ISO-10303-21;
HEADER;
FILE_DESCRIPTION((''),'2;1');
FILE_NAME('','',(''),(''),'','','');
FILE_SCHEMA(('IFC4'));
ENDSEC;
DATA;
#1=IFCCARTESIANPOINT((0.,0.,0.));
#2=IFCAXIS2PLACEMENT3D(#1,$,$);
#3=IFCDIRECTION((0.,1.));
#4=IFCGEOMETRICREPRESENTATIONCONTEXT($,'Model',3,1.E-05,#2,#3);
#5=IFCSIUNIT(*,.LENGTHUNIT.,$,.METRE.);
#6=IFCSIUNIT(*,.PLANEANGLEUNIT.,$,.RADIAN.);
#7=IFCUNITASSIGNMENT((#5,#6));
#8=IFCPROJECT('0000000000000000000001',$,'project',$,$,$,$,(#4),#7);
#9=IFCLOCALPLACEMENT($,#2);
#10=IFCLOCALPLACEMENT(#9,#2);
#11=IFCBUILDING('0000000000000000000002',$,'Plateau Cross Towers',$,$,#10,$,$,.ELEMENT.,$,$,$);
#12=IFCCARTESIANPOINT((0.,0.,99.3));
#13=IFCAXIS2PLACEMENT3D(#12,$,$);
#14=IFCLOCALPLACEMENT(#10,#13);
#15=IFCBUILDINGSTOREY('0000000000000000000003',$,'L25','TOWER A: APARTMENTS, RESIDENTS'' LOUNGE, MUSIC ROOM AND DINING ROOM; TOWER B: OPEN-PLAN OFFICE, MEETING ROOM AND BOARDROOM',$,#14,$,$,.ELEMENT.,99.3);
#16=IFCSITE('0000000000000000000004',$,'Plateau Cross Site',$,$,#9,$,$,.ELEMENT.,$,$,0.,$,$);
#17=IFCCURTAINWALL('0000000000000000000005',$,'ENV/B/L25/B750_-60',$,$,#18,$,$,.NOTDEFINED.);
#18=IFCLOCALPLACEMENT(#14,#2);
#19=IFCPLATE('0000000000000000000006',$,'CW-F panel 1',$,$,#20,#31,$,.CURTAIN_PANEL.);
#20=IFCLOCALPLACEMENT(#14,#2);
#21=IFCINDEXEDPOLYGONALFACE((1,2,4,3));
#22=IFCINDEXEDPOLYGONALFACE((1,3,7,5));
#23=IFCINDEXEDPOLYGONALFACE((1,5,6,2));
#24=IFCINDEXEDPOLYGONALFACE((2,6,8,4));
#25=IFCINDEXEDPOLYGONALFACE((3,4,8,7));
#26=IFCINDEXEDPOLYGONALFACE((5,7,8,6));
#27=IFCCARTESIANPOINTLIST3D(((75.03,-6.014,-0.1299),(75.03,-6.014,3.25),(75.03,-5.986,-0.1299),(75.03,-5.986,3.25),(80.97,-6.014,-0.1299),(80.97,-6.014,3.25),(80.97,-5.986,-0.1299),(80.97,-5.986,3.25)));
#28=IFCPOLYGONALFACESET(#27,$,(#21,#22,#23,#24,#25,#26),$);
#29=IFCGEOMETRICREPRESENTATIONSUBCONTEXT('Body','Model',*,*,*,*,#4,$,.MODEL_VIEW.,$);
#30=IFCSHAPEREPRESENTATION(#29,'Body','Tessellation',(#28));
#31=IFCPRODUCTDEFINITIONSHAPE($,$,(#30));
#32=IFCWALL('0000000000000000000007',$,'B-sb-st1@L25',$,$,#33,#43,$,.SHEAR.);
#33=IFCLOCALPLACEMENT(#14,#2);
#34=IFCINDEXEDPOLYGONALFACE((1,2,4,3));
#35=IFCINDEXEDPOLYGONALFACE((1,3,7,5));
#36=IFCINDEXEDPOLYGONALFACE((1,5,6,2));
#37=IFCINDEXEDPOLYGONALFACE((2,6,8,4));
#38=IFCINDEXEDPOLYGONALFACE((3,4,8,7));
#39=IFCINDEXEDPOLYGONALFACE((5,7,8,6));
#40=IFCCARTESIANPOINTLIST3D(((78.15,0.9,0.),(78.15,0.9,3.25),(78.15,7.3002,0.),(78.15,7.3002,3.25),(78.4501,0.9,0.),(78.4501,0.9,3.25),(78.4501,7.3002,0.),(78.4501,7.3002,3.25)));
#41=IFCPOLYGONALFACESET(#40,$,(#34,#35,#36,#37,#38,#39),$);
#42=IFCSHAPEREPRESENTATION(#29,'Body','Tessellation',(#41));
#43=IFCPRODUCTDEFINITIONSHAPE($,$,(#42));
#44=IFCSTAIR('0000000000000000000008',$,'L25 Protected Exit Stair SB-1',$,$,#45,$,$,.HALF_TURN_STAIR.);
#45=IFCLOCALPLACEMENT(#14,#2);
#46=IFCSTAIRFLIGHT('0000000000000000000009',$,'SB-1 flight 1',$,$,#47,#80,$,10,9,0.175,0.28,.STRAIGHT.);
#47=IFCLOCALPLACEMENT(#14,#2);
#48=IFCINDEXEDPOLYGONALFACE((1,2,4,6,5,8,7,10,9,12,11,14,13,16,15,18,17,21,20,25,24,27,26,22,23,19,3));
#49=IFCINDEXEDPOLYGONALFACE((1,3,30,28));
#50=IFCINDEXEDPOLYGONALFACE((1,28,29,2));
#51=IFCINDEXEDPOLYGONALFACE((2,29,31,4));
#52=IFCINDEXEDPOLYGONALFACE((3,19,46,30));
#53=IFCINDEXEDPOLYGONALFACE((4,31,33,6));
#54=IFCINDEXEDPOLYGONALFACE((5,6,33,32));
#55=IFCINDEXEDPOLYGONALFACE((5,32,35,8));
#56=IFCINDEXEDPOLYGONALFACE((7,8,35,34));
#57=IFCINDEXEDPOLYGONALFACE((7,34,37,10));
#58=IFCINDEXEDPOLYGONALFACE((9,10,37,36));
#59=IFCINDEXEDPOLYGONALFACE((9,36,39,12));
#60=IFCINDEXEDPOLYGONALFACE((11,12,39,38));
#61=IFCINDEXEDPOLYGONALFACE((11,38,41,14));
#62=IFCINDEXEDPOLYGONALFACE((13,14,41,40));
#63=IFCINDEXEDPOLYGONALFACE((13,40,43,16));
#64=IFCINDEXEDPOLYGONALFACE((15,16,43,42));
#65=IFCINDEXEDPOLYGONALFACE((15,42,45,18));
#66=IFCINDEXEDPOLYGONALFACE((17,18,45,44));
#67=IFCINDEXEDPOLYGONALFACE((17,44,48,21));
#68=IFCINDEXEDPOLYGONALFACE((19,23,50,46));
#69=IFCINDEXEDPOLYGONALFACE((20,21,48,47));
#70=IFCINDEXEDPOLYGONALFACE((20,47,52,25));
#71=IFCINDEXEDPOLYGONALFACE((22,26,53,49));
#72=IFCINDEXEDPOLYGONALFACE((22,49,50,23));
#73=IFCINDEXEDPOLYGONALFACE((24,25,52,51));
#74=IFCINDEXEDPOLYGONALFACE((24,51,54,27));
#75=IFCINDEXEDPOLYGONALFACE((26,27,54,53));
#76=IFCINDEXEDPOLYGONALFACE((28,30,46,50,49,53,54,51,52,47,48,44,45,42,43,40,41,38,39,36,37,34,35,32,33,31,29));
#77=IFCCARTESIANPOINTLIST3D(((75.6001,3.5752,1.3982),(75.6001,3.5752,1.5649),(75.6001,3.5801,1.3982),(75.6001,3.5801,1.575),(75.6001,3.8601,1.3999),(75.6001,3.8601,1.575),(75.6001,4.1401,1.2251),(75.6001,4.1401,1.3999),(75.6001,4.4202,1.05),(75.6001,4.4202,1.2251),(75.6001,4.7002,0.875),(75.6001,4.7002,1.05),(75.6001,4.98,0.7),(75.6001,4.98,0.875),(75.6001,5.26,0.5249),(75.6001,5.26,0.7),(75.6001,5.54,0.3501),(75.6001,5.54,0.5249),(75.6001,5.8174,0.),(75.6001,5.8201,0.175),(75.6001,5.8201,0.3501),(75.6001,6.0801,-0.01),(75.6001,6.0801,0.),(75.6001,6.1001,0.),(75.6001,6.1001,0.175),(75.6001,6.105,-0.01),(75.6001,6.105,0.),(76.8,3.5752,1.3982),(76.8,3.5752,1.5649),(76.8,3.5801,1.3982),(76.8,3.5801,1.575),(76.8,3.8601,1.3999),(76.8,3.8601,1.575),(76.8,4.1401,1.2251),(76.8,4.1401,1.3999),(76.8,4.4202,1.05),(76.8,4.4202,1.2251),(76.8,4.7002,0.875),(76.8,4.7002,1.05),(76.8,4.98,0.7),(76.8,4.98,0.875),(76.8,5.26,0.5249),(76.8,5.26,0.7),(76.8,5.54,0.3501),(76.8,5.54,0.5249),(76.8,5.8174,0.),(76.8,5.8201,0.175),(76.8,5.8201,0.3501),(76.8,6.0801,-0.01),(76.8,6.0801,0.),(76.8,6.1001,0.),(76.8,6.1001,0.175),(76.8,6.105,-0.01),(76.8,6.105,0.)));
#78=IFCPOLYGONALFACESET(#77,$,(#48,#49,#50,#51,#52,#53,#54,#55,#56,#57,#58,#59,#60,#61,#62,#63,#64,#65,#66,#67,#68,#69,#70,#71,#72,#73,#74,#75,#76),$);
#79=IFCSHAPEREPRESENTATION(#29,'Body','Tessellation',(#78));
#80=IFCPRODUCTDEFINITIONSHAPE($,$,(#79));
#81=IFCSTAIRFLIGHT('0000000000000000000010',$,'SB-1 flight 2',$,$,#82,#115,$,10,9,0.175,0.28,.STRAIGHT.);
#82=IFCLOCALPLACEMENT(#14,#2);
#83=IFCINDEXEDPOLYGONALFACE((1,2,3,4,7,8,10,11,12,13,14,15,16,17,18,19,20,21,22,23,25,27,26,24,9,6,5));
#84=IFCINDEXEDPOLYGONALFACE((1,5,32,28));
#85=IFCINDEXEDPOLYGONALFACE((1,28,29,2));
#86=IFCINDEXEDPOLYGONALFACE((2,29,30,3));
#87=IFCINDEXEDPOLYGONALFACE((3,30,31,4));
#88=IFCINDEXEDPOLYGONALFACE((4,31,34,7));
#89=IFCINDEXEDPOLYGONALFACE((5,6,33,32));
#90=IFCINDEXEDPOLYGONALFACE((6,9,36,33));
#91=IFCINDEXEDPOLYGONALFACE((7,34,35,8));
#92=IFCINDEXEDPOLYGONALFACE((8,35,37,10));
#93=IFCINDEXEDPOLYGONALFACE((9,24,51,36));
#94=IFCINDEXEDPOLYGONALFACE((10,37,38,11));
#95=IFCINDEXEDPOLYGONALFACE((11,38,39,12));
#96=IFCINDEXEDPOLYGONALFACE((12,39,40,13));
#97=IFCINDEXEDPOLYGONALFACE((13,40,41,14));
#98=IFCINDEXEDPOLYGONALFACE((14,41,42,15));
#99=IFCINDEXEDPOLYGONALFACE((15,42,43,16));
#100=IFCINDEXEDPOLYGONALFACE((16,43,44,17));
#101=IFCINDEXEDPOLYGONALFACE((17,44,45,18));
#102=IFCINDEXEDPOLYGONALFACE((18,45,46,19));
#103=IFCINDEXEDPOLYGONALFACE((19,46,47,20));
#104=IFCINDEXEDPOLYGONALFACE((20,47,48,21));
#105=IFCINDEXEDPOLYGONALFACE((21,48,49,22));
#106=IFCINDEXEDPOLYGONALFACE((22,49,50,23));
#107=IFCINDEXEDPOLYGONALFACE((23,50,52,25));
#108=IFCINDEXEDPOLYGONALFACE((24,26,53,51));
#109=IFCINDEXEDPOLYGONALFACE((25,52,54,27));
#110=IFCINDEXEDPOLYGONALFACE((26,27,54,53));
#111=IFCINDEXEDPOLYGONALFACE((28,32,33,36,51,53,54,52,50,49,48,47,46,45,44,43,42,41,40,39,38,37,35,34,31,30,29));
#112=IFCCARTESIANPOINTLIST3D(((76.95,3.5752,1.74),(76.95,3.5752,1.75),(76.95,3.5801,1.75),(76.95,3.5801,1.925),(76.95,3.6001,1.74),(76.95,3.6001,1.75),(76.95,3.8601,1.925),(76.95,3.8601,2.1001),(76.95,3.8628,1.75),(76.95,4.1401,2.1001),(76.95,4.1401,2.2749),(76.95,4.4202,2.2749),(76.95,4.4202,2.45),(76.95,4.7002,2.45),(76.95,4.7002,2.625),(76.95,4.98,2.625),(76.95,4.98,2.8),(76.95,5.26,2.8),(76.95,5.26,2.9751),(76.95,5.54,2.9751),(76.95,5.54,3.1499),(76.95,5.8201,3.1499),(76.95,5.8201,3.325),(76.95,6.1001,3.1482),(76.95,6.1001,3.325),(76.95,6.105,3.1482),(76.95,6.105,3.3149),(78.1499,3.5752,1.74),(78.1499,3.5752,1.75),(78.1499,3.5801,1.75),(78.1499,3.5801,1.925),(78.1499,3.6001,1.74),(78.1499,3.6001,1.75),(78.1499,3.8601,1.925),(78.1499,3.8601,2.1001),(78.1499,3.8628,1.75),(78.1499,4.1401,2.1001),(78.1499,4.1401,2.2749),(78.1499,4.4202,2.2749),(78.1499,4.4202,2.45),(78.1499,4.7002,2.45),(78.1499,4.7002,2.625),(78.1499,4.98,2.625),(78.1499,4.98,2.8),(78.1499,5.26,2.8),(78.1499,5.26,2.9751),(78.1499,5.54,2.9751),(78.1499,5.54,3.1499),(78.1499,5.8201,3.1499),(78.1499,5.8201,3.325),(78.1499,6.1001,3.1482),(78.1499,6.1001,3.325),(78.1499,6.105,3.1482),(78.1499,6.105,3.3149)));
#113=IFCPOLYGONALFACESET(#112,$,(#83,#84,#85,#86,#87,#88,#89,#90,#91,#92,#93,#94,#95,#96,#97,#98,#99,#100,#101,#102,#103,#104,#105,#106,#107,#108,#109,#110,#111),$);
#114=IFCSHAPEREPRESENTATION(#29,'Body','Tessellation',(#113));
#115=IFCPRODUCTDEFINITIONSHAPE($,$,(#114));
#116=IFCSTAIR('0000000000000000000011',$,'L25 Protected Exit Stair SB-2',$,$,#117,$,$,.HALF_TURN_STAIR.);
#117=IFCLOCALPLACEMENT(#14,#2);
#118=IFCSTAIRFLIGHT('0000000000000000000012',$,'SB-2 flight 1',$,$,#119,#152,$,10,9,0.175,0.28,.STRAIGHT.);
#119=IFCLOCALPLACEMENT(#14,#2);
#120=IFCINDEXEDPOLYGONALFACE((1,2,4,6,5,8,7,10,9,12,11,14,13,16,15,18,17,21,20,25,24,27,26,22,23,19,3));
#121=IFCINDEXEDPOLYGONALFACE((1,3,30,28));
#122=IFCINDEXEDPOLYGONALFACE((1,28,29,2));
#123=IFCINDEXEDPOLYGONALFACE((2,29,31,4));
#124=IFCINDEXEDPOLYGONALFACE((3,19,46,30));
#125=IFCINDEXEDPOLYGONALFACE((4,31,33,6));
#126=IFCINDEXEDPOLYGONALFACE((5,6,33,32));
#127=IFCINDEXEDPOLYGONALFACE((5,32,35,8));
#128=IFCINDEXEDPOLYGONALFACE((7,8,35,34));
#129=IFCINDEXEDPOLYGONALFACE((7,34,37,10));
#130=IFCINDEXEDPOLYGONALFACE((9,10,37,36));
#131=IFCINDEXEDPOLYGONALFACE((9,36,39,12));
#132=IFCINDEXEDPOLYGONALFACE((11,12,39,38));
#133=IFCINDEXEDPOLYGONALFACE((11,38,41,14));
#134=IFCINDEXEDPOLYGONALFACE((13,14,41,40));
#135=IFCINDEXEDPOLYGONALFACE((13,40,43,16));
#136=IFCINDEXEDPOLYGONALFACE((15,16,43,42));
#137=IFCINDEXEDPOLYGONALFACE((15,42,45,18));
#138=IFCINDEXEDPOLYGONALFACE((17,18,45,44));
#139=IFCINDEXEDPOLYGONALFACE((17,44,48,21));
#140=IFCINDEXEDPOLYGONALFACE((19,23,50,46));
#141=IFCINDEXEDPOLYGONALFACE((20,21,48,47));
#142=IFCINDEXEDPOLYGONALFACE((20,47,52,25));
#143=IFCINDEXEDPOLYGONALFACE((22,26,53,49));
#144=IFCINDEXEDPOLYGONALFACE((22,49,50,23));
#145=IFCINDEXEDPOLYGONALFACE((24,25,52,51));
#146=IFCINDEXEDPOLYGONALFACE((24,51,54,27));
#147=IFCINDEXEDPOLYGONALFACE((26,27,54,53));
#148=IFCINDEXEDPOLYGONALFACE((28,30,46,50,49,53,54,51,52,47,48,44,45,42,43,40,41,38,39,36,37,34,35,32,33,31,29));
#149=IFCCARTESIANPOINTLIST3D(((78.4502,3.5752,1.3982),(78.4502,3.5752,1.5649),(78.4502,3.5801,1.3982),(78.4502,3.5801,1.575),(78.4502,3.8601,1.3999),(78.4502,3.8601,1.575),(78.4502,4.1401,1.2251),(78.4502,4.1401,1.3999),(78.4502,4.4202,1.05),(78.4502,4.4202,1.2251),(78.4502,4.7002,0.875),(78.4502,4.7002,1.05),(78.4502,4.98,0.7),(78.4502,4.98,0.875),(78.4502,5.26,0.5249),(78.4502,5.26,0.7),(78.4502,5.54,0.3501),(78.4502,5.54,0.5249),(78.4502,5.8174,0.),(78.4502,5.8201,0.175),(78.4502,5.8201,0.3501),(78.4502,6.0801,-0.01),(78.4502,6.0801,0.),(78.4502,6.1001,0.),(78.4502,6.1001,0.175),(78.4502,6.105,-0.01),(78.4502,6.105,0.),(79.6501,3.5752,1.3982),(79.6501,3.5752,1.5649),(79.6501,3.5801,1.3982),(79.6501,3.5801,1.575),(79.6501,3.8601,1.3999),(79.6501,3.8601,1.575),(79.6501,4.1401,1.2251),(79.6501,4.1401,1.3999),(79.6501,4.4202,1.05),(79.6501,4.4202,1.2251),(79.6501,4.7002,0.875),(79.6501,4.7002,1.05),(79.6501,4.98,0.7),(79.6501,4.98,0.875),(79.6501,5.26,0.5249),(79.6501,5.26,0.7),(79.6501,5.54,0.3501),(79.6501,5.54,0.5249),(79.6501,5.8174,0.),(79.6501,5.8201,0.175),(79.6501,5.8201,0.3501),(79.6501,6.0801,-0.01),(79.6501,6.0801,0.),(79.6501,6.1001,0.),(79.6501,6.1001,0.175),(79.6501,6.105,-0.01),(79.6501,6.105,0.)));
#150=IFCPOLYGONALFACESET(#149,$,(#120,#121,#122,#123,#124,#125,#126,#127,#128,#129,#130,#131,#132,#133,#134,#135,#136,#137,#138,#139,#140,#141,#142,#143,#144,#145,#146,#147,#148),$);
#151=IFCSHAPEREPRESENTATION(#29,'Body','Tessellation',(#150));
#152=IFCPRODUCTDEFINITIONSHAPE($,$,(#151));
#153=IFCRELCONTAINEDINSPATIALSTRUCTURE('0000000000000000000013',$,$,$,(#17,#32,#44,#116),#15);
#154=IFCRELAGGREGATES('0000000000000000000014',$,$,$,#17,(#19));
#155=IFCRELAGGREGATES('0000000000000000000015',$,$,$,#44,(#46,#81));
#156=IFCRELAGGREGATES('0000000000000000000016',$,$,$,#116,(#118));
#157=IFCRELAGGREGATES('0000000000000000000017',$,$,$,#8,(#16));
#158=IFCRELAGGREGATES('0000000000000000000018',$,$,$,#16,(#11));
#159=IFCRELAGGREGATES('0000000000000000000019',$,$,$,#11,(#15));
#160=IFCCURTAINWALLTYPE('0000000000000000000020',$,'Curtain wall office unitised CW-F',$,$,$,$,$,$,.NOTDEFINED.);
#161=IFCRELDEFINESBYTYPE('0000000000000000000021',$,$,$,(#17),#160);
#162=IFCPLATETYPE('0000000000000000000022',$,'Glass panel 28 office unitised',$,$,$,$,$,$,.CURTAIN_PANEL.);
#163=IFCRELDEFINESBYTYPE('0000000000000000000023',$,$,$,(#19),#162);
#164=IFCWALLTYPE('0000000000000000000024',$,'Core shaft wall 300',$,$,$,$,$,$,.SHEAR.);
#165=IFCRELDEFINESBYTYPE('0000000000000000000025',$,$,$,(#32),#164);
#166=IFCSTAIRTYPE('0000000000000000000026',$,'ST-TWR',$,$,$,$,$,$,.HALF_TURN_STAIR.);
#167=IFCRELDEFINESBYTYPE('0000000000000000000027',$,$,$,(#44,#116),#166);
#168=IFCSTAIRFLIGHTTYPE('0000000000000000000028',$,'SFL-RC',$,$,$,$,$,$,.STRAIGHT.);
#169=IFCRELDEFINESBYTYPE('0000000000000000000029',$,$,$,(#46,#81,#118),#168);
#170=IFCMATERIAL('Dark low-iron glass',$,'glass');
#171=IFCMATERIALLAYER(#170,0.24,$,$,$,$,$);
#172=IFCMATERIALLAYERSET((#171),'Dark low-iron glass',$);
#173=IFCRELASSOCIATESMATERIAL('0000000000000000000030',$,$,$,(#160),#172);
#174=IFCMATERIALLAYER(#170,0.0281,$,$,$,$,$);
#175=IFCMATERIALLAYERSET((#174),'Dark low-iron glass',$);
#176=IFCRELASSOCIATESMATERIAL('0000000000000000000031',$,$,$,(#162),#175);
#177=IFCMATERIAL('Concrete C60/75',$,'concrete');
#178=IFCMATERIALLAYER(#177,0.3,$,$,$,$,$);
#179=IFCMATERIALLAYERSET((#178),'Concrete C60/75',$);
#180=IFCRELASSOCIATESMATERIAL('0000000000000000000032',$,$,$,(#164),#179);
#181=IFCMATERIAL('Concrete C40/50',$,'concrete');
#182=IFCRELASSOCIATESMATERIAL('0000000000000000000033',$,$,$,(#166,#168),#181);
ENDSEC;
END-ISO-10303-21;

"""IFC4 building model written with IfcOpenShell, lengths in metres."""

from ifc_helpers import new_model, si_unit, direction, frame, frame_2d, origin, origin_2d, place, context, subcontext, project, spatial, polyline, rectangle, outline, extrude, material, layer, layer_set, type_object, element, aggregate, save


model = new_model("IFC4")

# Units and contexts
model_context = context("Model", 3, precision=1e-05, world=origin(), true_north=direction((0.0, 1.0)))
body_context = subcontext(model_context, "Body", "Model", "MODEL_VIEW")
ifc_project = project(units=[si_unit("LENGTHUNIT", "METRE"), si_unit("PLANEANGLEUNIT", "RADIAN")], contexts=[model_context])

# Site, building, storey
site_placement = place(None, origin())
site = spatial("IfcSite", under=ifc_project, at=site_placement, Name="Plateau Cross Site", CompositionType="ELEMENT", RefElevation=0.0)
building_placement = place(site_placement, origin())
building = spatial("IfcBuilding", under=site, at=building_placement, Name="Plateau Cross Towers", CompositionType="ELEMENT")
storey_placement = place(building_placement, frame((0.0, 0.0, 99.3)))
storey = spatial("IfcBuildingStorey", under=building, at=storey_placement, Name="L25", Description="TOWER A: APARTMENTS, RESIDENTS' LOUNGE, MUSIC ROOM AND DINING ROOM; TOWER B: OPEN-PLAN OFFICE, MEETING ROOM AND BOARDROOM", CompositionType="ELEMENT", Elevation=99.3)

# Curtain wall, plate
ifc_material_1 = material(Name="Dark low-iron glass", Category="glass")
ifc_layer_1 = layer(ifc_material_1, 0.24)
ifc_layer_set_1 = layer_set([ifc_layer_1], Name="Dark low-iron glass")
curtain_wall_type = type_object("IfcCurtainWallType", Name="Curtain wall office unitised CW-F", PredefinedType="NOTDEFINED", material=ifc_layer_set_1)
curtain_wall_placement = place(storey_placement, origin())
curtain_wall = element("IfcCurtainWall", 1, at=curtain_wall_placement, inside=storey, type_object=curtain_wall_type, Name="ENV/B/L25/B750_-60", PredefinedType="NOTDEFINED")
ifc_layer_2 = layer(ifc_material_1, 0.0281)
ifc_layer_set_2 = layer_set([ifc_layer_2], Name="Dark low-iron glass")
plate_type = type_object("IfcPlateType", Name="Glass panel 28 office unitised", PredefinedType="CURTAIN_PANEL", material=ifc_layer_set_2)
plate_placement = place(storey_placement, frame((78.0, -6.0, -0.1299), z_axis=(0.0, 0.0, 1.0), x_axis=(1.0, 0.0, 0.0)))
plate = element("IfcPlate", 2, at=plate_placement, type_object=plate_type, Name="CW-F panel 1", PredefinedType="CURTAIN_PANEL", context=body_context, shape_type="SweptSolid", body=[
    extrude(rectangle(XDim=5.9399, YDim=0.0281, at=origin_2d()), origin(), (0.0, 0.0, 1.0), 3.3799),
])
aggregate(curtain_wall, [plate])

# Wall
ifc_material_2 = material(Name="Concrete C60/75", Category="concrete")
ifc_layer_3 = layer(ifc_material_2, 0.3)
ifc_layer_set_3 = layer_set([ifc_layer_3], Name="Concrete C60/75")
wall_type_1 = type_object("IfcWallType", Name="Core shaft wall 300", PredefinedType="SHEAR", material=ifc_layer_set_3)
wall_1_placement = place(storey_placement, frame((78.3, 0.8999, 0.0), z_axis=(0.0, 0.0, 1.0), x_axis=(0.0, 1.0, 0.0)))
element("IfcWall", 3, at=wall_1_placement, inside=storey, type_object=wall_type_1, Name="B-sb-st1@L25", PredefinedType="SHEAR", context=body_context, shape_type="SweptSolid", body=[
    extrude(rectangle(XDim=6.4001, YDim=0.3, at=frame_2d((3.2002, 0.0))), origin(), (0.0, 0.0, 1.0), 3.25),
])

# Stair, stair flights
ifc_material_3 = material(Name="Concrete C40/50", Category="concrete")
stair_type = type_object("IfcStairType", Name="ST-TWR", PredefinedType="HALF_TURN_STAIR", material=ifc_material_3)
stair_1_placement = place(storey_placement, origin())
stair_1 = element("IfcStair", 4, at=stair_1_placement, inside=storey, type_object=stair_type, Name="L25 Protected Exit Stair SB-1", PredefinedType="HALF_TURN_STAIR")
stair_flight_type = type_object("IfcStairFlightType", Name="SFL-RC", PredefinedType="STRAIGHT", material=ifc_material_3)
stair_flight_1_placement = place(storey_placement, frame((76.2, 6.1001, 0.0), z_axis=(0.0, 0.0, 1.0), x_axis=(0.0, -1.0, 0.0)))
stair_flight_1 = element("IfcStairFlight", 5, at=stair_flight_1_placement, type_object=stair_flight_type, Name="SB-1 flight 1", NumberOfRisers=10, NumberOfTreads=9, PredefinedType="STRAIGHT", RiserHeight=0.175, TreadLength=0.28, context=body_context, shape_type="SweptSolid", body=[
    extrude(outline(polyline([(-0.0049, -0.01), (-0.0049, 0.0), (0.0, 0.0), (0.0, 0.175), (0.28, 0.175), (0.28, 0.3501), (0.5601, 0.3501), (0.5601, 0.5249), (0.8401, 0.5249), (0.8401, 0.7), (1.1201, 0.7), (1.1201, 0.875), (1.3999, 0.875), (1.3999, 1.05), (1.6799, 1.05), (1.6799, 1.2251), (1.96, 1.2251), (1.96, 1.3999), (2.24, 1.3999), (2.24, 1.575), (2.52, 1.575), (2.5249, 1.5649), (2.5249, 1.3982), (2.52, 1.3982), (0.2827, 0.0), (0.02, 0.0), (0.02, -0.01), (-0.0049, -0.01)])), frame((0.0, 0.6001, 0.0), z_axis=(0.0, -1.0, 0.0), x_axis=(1.0, 0.0, 0.0)), (0.0, 0.0, 1.0), 1.2),
])
stair_flight_2_placement = place(storey_placement, frame((77.55, 3.5801, 1.75), z_axis=(0.0, 0.0, 1.0), x_axis=(0.0, 1.0, 0.0)))
stair_flight_2 = element("IfcStairFlight", 6, at=stair_flight_2_placement, type_object=stair_flight_type, Name="SB-1 flight 2", NumberOfRisers=10, NumberOfTreads=9, PredefinedType="STRAIGHT", RiserHeight=0.175, TreadLength=0.28, context=body_context, shape_type="SweptSolid", body=[
    extrude(outline(polyline([(-0.0049, -0.01), (-0.0049, 0.0), (0.0, 0.0), (0.0, 0.175), (0.28, 0.175), (0.28, 0.3501), (0.5601, 0.3501), (0.5601, 0.5249), (0.8401, 0.5249), (0.8401, 0.7), (1.1201, 0.7), (1.1201, 0.875), (1.3999, 0.875), (1.3999, 1.05), (1.6799, 1.05), (1.6799, 1.2251), (1.96, 1.2251), (1.96, 1.3999), (2.24, 1.3999), (2.24, 1.575), (2.52, 1.575), (2.5249, 1.5649), (2.5249, 1.3982), (2.52, 1.3982), (0.2827, 0.0), (0.02, 0.0), (0.02, -0.01), (-0.0049, -0.01)])), frame((0.0, 0.6001, 0.0), z_axis=(0.0, -1.0, 0.0), x_axis=(1.0, 0.0, 0.0)), (0.0, 0.0, 1.0), 1.2),
])
aggregate(stair_1, [stair_flight_1, stair_flight_2])

# Stair, stair flight
stair_2_placement = place(storey_placement, origin())
stair_2 = element("IfcStair", 7, at=stair_2_placement, inside=storey, type_object=stair_type, Name="L25 Protected Exit Stair SB-2", PredefinedType="HALF_TURN_STAIR")
stair_flight_3_placement = place(storey_placement, frame((79.05, 6.1001, 0.0), z_axis=(0.0, 0.0, 1.0), x_axis=(0.0, -1.0, 0.0)))
stair_flight_3 = element("IfcStairFlight", 8, at=stair_flight_3_placement, type_object=stair_flight_type, Name="SB-2 flight 1", NumberOfRisers=10, NumberOfTreads=9, PredefinedType="STRAIGHT", RiserHeight=0.175, TreadLength=0.28, context=body_context, shape_type="SweptSolid", body=[
    extrude(outline(polyline([(-0.0049, -0.01), (-0.0049, 0.0), (0.0, 0.0), (0.0, 0.175), (0.28, 0.175), (0.28, 0.3501), (0.5601, 0.3501), (0.5601, 0.5249), (0.8401, 0.5249), (0.8401, 0.7), (1.1201, 0.7), (1.1201, 0.875), (1.3999, 0.875), (1.3999, 1.05), (1.6799, 1.05), (1.6799, 1.2251), (1.96, 1.2251), (1.96, 1.3999), (2.24, 1.3999), (2.24, 1.575), (2.52, 1.575), (2.5249, 1.5649), (2.5249, 1.3982), (2.52, 1.3982), (0.2827, 0.0), (0.02, 0.0), (0.02, -0.01), (-0.0049, -0.01)])), frame((0.0, 0.6001, 0.0), z_axis=(0.0, -1.0, 0.0), x_axis=(1.0, 0.0, 0.0)), (0.0, 0.0, 1.0), 1.2),
])
aggregate(stair_2, [stair_flight_3])

save(model, "model.ifc")
